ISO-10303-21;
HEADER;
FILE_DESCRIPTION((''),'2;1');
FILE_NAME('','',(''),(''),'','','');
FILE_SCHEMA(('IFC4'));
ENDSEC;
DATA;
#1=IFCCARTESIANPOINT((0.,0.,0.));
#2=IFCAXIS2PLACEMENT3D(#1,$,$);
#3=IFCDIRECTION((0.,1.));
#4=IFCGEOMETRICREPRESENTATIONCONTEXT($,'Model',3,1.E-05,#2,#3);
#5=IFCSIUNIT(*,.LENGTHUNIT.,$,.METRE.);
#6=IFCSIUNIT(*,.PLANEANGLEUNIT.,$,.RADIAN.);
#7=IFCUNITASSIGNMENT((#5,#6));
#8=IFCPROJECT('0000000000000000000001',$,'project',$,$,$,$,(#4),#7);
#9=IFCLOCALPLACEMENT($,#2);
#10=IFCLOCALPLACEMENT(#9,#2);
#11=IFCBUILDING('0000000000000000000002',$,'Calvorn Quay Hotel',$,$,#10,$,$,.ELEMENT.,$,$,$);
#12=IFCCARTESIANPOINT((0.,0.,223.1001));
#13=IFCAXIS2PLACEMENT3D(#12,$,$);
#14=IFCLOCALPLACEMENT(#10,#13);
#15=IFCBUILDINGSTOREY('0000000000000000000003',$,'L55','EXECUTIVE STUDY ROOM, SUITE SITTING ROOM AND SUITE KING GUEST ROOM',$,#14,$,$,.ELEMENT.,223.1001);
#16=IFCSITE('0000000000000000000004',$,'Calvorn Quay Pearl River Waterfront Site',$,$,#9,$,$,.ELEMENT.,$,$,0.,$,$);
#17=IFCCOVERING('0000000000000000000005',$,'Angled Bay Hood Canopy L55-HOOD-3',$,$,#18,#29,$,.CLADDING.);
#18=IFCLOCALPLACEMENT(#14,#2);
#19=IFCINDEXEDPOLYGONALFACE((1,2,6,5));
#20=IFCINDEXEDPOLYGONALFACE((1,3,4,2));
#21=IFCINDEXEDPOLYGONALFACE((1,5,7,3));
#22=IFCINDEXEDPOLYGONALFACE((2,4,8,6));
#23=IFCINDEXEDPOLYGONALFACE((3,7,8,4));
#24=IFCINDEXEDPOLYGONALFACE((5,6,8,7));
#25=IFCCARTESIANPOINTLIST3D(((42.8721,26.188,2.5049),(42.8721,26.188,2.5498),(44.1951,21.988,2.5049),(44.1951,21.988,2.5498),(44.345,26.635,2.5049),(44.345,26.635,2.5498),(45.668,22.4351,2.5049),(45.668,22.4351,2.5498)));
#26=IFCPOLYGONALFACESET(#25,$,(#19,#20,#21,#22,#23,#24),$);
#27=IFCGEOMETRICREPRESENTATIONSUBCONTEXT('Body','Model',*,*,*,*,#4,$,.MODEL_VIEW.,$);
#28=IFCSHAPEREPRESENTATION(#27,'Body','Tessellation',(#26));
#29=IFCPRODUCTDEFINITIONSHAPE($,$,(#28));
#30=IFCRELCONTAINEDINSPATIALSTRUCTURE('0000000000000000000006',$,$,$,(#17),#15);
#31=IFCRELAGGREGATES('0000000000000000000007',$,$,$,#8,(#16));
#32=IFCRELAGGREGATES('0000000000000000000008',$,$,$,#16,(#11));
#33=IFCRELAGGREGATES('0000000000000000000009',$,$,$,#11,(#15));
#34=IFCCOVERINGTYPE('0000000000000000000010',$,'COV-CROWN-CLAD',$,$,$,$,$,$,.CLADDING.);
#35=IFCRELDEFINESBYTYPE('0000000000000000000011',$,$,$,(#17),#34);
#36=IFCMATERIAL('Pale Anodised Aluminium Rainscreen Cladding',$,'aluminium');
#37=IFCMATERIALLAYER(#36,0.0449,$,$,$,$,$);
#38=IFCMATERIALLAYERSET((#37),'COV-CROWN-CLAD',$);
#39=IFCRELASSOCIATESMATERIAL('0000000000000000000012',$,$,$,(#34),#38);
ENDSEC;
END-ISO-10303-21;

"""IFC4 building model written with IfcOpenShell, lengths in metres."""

from ifc_helpers import new_model, si_unit, direction, frame, origin, place, context, subcontext, project, spatial, polyline, outline, extrude, material, layer, layer_set, type_object, element, save


model = new_model("IFC4")

# Units and contexts
model_context = context("Model", 3, precision=1e-05, world=origin(), true_north=direction((0.0, 1.0)))
body_context = subcontext(model_context, "Body", "Model", "MODEL_VIEW")
ifc_project = project(units=[si_unit("LENGTHUNIT", "METRE"), si_unit("PLANEANGLEUNIT", "RADIAN")], contexts=[model_context])

# Site, building, storey
site_placement = place(None, origin())
site = spatial("IfcSite", under=ifc_project, at=site_placement, Name="Calvorn Quay Pearl River Waterfront Site", CompositionType="ELEMENT", RefElevation=0.0)
building_placement = place(site_placement, origin())
building = spatial("IfcBuilding", under=site, at=building_placement, Name="Calvorn Quay Hotel", CompositionType="ELEMENT")
storey_placement = place(building_placement, frame((0.0, 0.0, 223.1001)))
storey = spatial("IfcBuildingStorey", under=building, at=storey_placement, Name="L55", Description="EXECUTIVE STUDY ROOM, SUITE SITTING ROOM AND SUITE KING GUEST ROOM", CompositionType="ELEMENT", Elevation=223.1001)

# Covering
ifc_material_1 = material(Name="Pale Anodised Aluminium Rainscreen Cladding", Category="aluminium")
ifc_layer_1 = layer(ifc_material_1, 0.0449)
ifc_layer_set_1 = layer_set([ifc_layer_1], Name="COV-CROWN-CLAD")
covering_type = type_object("IfcCoveringType", Name="COV-CROWN-CLAD", PredefinedType="CLADDING", material=ifc_layer_set_1)
covering_1_placement = place(storey_placement, frame((0.0, 0.0, 2.5049)))
element("IfcCovering", 1, at=covering_1_placement, inside=storey, type_object=covering_type, Name="Angled Bay Hood Canopy L55-HOOD-3", PredefinedType="CLADDING", context=body_context, shape_type="SweptSolid", body=[
    extrude(outline(polyline([(42.8721, 26.188), (44.345, 26.635), (45.668, 22.4351), (44.1951, 21.988), (42.8721, 26.188)])), origin(), (0.0, 0.0, 1.0), 0.0449),
])

save(model, "model.ifc")
